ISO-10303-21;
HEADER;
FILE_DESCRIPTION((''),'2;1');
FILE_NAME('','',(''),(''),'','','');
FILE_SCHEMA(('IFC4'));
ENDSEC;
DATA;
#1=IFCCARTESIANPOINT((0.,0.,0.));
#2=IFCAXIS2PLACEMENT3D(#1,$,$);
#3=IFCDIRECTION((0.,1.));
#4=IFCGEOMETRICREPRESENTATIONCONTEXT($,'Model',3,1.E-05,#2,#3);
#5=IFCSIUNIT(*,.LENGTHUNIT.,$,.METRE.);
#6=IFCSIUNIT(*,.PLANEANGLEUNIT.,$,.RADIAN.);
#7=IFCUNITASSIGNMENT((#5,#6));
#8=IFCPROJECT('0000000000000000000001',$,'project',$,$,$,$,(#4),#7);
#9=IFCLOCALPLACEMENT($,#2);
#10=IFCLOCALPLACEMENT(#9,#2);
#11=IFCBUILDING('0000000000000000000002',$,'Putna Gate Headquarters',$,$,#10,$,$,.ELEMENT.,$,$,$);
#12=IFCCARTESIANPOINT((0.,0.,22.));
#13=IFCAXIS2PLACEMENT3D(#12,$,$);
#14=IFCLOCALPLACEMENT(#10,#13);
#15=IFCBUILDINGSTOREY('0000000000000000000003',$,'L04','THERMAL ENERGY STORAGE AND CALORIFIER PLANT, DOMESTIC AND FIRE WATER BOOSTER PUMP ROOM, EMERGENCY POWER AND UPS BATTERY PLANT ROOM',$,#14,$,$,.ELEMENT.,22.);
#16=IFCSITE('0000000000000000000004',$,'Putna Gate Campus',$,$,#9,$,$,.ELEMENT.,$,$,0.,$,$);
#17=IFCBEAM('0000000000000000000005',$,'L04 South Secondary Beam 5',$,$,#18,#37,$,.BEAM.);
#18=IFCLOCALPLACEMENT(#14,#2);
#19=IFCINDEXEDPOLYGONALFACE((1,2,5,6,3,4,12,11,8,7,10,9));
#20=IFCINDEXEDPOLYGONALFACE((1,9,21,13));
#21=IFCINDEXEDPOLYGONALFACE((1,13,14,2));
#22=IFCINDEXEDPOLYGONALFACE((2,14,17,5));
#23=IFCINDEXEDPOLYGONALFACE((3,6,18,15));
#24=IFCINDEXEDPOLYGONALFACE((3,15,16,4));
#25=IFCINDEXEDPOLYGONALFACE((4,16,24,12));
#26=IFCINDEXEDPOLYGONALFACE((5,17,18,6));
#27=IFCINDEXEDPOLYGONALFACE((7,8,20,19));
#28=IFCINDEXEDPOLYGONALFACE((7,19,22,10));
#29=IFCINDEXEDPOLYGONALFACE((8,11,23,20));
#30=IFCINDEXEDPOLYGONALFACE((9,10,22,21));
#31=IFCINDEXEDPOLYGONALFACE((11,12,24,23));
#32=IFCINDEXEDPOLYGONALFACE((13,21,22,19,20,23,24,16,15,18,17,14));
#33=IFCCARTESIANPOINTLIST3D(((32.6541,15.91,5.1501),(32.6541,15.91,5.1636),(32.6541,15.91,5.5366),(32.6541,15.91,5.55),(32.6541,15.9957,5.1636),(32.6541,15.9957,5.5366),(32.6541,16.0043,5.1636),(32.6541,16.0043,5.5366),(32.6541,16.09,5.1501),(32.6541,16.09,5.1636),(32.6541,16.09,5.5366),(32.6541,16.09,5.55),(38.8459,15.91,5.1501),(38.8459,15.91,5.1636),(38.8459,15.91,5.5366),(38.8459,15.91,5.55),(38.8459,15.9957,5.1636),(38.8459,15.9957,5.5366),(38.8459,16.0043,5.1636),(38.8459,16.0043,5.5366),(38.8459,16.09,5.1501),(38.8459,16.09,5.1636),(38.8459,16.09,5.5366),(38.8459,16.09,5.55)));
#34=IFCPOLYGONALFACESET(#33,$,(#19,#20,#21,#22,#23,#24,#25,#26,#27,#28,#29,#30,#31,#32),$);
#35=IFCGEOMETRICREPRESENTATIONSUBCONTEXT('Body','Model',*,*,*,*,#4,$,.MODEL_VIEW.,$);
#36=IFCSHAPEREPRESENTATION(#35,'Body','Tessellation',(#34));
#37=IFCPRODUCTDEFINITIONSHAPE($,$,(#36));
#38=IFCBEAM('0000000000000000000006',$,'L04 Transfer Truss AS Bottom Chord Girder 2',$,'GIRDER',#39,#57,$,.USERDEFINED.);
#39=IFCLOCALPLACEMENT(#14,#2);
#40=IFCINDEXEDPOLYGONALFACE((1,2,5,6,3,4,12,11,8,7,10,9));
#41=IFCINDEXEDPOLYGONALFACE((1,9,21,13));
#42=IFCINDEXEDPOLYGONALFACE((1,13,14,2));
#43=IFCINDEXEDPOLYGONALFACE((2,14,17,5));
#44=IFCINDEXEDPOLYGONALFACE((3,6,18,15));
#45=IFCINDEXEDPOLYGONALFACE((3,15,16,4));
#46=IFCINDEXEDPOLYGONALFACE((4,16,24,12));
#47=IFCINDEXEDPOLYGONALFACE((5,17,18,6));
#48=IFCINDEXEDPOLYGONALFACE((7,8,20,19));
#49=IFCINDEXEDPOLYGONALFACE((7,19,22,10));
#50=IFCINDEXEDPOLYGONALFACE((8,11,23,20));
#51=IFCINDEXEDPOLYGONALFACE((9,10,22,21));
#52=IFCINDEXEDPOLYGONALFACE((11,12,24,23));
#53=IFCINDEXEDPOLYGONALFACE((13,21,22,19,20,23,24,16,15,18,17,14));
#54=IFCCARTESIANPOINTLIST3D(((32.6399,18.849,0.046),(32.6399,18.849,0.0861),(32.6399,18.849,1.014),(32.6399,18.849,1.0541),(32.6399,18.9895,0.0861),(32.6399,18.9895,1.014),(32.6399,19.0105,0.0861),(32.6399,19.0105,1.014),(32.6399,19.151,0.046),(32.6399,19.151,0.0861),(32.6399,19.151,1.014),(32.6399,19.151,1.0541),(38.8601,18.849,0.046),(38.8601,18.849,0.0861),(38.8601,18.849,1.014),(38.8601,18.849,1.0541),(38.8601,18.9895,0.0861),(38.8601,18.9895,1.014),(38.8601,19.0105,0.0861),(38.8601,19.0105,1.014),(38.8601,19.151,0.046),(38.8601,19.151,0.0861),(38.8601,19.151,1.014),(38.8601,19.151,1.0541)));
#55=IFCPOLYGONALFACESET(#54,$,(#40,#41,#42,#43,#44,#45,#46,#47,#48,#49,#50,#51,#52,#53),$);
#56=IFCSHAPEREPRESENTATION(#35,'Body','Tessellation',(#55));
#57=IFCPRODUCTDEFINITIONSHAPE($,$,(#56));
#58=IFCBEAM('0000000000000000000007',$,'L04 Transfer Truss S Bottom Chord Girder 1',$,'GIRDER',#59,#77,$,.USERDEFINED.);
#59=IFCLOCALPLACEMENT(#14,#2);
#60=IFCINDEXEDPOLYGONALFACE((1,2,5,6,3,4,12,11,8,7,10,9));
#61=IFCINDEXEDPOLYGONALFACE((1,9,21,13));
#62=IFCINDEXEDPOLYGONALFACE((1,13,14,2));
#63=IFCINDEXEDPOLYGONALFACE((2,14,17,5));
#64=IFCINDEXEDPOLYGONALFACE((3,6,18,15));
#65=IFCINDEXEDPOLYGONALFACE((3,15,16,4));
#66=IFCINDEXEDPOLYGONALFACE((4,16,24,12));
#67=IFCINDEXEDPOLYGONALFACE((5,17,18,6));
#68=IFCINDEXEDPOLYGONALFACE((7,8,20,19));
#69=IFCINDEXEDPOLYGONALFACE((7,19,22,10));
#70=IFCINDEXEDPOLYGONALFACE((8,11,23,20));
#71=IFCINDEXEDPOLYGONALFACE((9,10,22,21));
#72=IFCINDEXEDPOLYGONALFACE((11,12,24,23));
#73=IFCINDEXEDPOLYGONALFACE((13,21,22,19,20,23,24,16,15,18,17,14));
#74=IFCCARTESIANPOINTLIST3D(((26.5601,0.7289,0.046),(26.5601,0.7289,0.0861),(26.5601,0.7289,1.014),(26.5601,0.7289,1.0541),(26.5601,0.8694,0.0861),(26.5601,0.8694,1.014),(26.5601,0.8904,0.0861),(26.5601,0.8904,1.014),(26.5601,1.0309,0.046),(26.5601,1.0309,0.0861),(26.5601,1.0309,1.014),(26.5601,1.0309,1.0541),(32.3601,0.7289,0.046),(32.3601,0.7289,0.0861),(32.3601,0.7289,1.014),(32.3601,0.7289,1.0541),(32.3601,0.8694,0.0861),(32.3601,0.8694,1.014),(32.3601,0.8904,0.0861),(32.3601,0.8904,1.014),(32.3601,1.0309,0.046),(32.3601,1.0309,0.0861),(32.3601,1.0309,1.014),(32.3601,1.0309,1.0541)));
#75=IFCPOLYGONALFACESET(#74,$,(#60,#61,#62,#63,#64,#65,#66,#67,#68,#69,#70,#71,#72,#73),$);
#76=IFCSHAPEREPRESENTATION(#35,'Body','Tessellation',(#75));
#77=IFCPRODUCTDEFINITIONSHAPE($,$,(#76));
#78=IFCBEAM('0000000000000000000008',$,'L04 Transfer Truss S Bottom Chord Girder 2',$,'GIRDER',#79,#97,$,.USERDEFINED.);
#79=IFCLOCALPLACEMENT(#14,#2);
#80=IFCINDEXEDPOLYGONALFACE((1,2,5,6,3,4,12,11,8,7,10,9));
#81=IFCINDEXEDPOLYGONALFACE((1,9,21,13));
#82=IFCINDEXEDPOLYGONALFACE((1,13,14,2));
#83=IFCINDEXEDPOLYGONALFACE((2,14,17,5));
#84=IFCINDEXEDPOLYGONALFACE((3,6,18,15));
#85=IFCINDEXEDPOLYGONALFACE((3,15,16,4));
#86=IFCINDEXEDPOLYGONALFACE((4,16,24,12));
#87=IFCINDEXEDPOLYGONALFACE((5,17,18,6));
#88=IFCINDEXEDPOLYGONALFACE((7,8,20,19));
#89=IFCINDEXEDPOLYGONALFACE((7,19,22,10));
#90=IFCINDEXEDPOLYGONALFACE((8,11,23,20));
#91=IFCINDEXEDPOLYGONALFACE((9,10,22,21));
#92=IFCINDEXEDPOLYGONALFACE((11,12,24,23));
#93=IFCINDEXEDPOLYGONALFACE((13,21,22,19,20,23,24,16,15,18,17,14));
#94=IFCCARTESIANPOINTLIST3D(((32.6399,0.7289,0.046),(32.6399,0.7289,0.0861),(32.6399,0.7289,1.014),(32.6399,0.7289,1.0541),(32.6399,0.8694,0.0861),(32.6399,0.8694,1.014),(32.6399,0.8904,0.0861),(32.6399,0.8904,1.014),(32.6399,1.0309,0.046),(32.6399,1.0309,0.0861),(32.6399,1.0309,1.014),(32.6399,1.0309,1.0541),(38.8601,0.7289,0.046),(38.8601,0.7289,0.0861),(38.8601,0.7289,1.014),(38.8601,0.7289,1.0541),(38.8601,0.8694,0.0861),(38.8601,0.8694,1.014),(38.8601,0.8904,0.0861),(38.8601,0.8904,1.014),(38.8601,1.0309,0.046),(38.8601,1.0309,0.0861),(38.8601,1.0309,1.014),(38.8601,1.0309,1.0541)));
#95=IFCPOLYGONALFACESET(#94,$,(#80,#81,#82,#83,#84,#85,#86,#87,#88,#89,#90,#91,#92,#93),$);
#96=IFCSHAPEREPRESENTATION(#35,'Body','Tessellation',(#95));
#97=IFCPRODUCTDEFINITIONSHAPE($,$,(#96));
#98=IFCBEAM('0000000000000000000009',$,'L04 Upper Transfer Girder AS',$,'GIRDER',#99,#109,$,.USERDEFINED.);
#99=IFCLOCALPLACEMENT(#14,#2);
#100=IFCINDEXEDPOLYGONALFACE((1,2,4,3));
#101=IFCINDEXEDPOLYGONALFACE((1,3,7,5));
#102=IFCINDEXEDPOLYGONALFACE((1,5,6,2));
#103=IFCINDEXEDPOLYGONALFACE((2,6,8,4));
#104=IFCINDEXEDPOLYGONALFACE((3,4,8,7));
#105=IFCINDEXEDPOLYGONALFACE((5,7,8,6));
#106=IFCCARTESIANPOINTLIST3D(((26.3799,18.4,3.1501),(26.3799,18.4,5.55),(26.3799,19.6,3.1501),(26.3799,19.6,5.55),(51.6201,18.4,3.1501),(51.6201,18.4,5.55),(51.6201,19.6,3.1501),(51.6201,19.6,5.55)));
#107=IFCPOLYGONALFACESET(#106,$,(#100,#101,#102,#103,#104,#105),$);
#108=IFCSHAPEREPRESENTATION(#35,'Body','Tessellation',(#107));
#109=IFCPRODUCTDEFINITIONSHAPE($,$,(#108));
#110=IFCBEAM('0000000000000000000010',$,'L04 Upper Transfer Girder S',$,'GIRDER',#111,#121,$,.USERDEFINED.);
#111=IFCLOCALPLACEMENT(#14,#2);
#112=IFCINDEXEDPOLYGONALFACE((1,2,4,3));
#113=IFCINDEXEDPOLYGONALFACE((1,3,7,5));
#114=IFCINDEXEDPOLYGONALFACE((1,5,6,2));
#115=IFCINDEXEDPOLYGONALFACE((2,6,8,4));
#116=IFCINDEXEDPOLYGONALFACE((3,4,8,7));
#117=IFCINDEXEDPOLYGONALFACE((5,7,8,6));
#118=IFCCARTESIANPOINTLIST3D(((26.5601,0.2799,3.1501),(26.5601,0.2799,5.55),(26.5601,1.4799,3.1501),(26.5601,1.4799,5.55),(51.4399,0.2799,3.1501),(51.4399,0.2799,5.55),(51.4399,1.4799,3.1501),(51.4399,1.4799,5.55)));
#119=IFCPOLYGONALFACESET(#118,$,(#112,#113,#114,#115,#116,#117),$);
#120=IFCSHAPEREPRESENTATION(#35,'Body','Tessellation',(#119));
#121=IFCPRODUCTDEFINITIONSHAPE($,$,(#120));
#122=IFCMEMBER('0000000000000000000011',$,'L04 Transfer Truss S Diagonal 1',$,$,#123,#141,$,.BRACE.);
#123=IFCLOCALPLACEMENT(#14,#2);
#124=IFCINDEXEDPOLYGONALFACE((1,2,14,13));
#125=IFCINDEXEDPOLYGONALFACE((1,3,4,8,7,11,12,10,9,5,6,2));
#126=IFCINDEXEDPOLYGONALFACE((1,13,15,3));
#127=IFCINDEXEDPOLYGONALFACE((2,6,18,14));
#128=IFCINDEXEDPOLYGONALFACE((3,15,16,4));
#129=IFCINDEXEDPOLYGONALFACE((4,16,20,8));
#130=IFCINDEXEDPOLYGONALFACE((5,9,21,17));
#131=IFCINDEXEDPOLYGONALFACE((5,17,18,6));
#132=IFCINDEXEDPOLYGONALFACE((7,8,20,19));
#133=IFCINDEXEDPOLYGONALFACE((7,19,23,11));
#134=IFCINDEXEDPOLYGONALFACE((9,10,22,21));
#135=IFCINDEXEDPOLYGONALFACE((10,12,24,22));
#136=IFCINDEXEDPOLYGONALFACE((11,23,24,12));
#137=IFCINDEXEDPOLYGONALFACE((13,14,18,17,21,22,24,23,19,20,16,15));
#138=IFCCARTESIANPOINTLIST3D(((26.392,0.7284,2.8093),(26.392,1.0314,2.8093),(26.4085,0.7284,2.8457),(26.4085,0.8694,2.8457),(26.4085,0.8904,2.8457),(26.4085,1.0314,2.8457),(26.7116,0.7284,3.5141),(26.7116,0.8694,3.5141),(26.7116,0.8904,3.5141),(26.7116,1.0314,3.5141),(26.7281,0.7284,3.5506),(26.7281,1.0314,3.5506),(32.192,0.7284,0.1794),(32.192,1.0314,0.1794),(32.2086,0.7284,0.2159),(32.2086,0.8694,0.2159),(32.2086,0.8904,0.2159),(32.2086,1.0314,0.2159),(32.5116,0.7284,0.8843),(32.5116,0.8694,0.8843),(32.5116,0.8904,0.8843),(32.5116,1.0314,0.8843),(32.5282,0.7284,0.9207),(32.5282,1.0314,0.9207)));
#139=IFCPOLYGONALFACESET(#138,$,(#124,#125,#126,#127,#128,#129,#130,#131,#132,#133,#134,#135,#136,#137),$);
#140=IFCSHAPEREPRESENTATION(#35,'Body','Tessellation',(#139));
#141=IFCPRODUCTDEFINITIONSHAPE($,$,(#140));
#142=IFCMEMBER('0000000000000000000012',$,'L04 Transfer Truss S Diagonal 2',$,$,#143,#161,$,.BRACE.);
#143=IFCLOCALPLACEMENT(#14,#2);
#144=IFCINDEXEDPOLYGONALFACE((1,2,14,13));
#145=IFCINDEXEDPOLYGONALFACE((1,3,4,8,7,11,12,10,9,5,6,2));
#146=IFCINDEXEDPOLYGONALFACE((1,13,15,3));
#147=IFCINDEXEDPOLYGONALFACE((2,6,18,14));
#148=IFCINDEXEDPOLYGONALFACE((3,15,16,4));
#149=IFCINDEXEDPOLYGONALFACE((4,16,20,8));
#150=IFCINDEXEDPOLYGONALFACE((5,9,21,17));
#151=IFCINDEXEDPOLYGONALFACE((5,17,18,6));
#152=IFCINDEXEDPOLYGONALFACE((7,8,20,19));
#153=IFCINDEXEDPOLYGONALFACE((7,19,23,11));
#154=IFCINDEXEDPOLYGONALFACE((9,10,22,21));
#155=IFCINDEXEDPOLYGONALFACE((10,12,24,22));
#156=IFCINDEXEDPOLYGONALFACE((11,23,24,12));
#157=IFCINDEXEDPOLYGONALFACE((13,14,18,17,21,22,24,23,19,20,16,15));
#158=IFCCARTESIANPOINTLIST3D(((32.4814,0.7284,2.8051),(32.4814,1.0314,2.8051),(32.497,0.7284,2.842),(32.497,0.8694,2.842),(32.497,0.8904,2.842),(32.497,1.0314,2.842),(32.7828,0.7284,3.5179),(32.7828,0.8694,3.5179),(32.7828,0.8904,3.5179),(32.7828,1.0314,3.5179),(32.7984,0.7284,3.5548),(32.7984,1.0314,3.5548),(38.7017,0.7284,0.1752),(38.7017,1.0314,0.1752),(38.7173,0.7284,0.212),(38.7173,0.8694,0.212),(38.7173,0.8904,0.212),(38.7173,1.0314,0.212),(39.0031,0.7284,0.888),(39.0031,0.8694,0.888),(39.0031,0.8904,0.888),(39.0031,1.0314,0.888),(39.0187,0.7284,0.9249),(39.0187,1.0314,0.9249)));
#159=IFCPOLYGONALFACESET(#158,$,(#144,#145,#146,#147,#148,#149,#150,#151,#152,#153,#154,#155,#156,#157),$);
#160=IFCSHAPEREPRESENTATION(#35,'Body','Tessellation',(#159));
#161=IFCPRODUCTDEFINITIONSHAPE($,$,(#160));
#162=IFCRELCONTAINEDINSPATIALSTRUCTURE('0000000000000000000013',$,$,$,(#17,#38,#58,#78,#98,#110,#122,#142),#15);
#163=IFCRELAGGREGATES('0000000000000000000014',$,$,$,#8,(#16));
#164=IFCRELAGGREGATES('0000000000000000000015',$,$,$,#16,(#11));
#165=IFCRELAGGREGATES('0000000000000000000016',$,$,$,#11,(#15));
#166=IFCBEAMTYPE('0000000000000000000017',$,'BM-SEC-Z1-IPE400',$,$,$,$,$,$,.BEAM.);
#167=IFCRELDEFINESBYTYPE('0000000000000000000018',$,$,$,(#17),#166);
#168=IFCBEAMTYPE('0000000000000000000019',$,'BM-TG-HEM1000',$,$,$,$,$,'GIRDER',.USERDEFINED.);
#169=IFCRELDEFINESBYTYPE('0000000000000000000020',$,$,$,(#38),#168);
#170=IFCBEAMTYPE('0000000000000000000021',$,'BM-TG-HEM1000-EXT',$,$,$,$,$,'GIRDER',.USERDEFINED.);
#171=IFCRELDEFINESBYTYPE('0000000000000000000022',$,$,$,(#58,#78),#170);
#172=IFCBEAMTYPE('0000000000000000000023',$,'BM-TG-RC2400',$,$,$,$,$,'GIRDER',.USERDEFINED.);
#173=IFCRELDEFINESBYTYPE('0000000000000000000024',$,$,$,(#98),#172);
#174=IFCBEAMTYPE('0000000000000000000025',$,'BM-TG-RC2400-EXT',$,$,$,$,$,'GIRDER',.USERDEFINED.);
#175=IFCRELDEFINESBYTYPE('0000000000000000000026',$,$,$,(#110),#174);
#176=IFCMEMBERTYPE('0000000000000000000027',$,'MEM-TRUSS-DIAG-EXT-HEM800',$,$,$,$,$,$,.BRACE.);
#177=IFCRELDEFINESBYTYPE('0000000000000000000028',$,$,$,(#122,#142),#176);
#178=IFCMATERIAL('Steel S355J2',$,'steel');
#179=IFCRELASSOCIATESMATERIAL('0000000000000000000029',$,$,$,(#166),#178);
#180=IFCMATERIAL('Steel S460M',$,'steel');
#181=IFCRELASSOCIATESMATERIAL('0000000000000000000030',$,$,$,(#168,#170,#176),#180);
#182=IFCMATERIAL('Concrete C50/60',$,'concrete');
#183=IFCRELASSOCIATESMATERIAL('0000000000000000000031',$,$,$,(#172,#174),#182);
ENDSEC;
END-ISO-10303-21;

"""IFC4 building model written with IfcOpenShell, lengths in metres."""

from ifc_helpers import new_model, si_unit, direction, frame, origin, origin_2d, place, context, subcontext, project, spatial, rectangle, i_section, extrude, material, material_profile, profile_set, type_object, element, save


model = new_model("IFC4")

# Units and contexts
model_context = context("Model", 3, precision=1e-05, world=origin(), true_north=direction((0.0, 1.0)))
body_context = subcontext(model_context, "Body", "Model", "MODEL_VIEW")
ifc_project = project(units=[si_unit("LENGTHUNIT", "METRE"), si_unit("PLANEANGLEUNIT", "RADIAN")], contexts=[model_context])

# Site, building, storey
site_placement = place(None, origin())
site = spatial("IfcSite", under=ifc_project, at=site_placement, Name="Putna Gate Campus", CompositionType="ELEMENT", RefElevation=0.0)
building_placement = place(site_placement, origin())
building = spatial("IfcBuilding", under=site, at=building_placement, Name="Putna Gate Headquarters", CompositionType="ELEMENT")
storey_placement = place(building_placement, frame((0.0, 0.0, 22.0)))
storey = spatial("IfcBuildingStorey", under=building, at=storey_placement, Name="L04", Description="THERMAL ENERGY STORAGE AND CALORIFIER PLANT, DOMESTIC AND FIRE WATER BOOSTER PUMP ROOM, EMERGENCY POWER AND UPS BATTERY PLANT ROOM", CompositionType="ELEMENT", Elevation=22.0)

# Shared definitions
ifc_material_1 = material(Name="Steel S460M", Category="steel")

# Beams
ifc_material_2 = material(Name="Steel S355J2", Category="steel")
ifc_material_profile_1 = material_profile(ifc_material_2, i_section(OverallWidth=0.1799, OverallDepth=0.3999, WebThickness=0.0085, FlangeThickness=0.0134, at=origin_2d()), Name="Steel S355J2")
ifc_profile_set_1 = profile_set([ifc_material_profile_1], Name="Steel S355J2")
beam_type_1 = type_object("IfcBeamType", Name="BM-SEC-Z1-IPE400", PredefinedType="BEAM", material=ifc_profile_set_1)
for number, where, z_axis, x_axis, name in (
    (1, (32.6541, 16.0, 5.3501), (1.0, 0.0, 0.0), (0.0, 1.0, 0.0), "L04 South Secondary Beam 5"),
):
    element("IfcBeam", number, at=place(storey_placement, frame(where, z_axis=z_axis, x_axis=x_axis)), inside=storey, type_object=beam_type_1, Name=name, PredefinedType="BEAM", context=body_context, shape_type="SweptSolid", body=[
        extrude(i_section(OverallWidth=0.1799, OverallDepth=0.3999, WebThickness=0.0085, FlangeThickness=0.0134, at=origin_2d()), origin(), (0.0, 0.0, 1.0), 6.1919),
    ])
ifc_material_profile_2 = material_profile(ifc_material_1, i_section(OverallWidth=0.302, OverallDepth=1.0081, WebThickness=0.021, FlangeThickness=0.04, at=origin_2d()), Name="Steel S460M")
ifc_profile_set_2 = profile_set([ifc_material_profile_2], Name="Steel S460M")
beam_type_2 = type_object("IfcBeamType", Name="BM-TG-HEM1000", ElementType="GIRDER", PredefinedType="USERDEFINED", material=ifc_profile_set_2)
beam_1_placement = place(storey_placement, frame((32.6399, 19.0, 0.55), z_axis=(1.0, 0.0, 0.0), x_axis=(0.0, 1.0, 0.0)))
element("IfcBeam", 2, at=beam_1_placement, inside=storey, type_object=beam_type_2, Name="L04 Transfer Truss AS Bottom Chord Girder 2", ObjectType="GIRDER", PredefinedType="USERDEFINED", context=body_context, shape_type="SweptSolid", body=[
    extrude(i_section(OverallWidth=0.302, OverallDepth=1.0081, WebThickness=0.021, FlangeThickness=0.04, at=origin_2d()), origin(), (0.0, 0.0, 1.0), 6.2202),
])
ifc_material_profile_3 = material_profile(ifc_material_1, i_section(OverallWidth=0.302, OverallDepth=1.0081, WebThickness=0.021, FlangeThickness=0.04, at=origin_2d()), Name="Steel S460M")
ifc_profile_set_3 = profile_set([ifc_material_profile_3], Name="Steel S460M")
beam_type_3 = type_object("IfcBeamType", Name="BM-TG-HEM1000-EXT", ElementType="GIRDER", PredefinedType="USERDEFINED", material=ifc_profile_set_3)
beam_2_placement = place(storey_placement, frame((26.5601, 0.8799, 0.55), z_axis=(1.0, 0.0, 0.0), x_axis=(0.0, 1.0, 0.0)))
element("IfcBeam", 3, at=beam_2_placement, inside=storey, type_object=beam_type_3, Name="L04 Transfer Truss S Bottom Chord Girder 1", ObjectType="GIRDER", PredefinedType="USERDEFINED", context=body_context, shape_type="SweptSolid", body=[
    extrude(i_section(OverallWidth=0.302, OverallDepth=1.0081, WebThickness=0.021, FlangeThickness=0.04, at=origin_2d()), origin(), (0.0, 0.0, 1.0), 5.8),
])
beam_3_placement = place(storey_placement, frame((32.6399, 0.8799, 0.55), z_axis=(1.0, 0.0, 0.0), x_axis=(0.0, 1.0, 0.0)))
element("IfcBeam", 4, at=beam_3_placement, inside=storey, type_object=beam_type_3, Name="L04 Transfer Truss S Bottom Chord Girder 2", ObjectType="GIRDER", PredefinedType="USERDEFINED", context=body_context, shape_type="SweptSolid", body=[
    extrude(i_section(OverallWidth=0.302, OverallDepth=1.0081, WebThickness=0.021, FlangeThickness=0.04, at=origin_2d()), origin(), (0.0, 0.0, 1.0), 6.2202),
])
ifc_material_3 = material(Name="Concrete C50/60", Category="concrete")
ifc_material_profile_4 = material_profile(ifc_material_3, rectangle(XDim=1.2, YDim=2.3999, at=origin_2d()), Name="Concrete C50/60")
ifc_profile_set_4 = profile_set([ifc_material_profile_4], Name="Concrete C50/60")
beam_type_4 = type_object("IfcBeamType", Name="BM-TG-RC2400", ElementType="GIRDER", PredefinedType="USERDEFINED", material=ifc_profile_set_4)
beam_4_placement = place(storey_placement, frame((26.3799, 19.0, 4.3501), z_axis=(1.0, 0.0, 0.0), x_axis=(0.0, 1.0, 0.0)))
element("IfcBeam", 5, at=beam_4_placement, inside=storey, type_object=beam_type_4, Name="L04 Upper Transfer Girder AS", ObjectType="GIRDER", PredefinedType="USERDEFINED", context=body_context, shape_type="SweptSolid", body=[
    extrude(rectangle(XDim=1.2, YDim=2.3999, at=origin_2d()), origin(), (0.0, 0.0, 1.0), 25.2402),
])
ifc_material_profile_5 = material_profile(ifc_material_3, rectangle(XDim=1.2, YDim=2.3999, at=origin_2d()), Name="Concrete C50/60")
ifc_profile_set_5 = profile_set([ifc_material_profile_5], Name="Concrete C50/60")
beam_type_5 = type_object("IfcBeamType", Name="BM-TG-RC2400-EXT", ElementType="GIRDER", PredefinedType="USERDEFINED", material=ifc_profile_set_5)
beam_5_placement = place(storey_placement, frame((26.5601, 0.8799, 4.3501), z_axis=(1.0, 0.0, 0.0), x_axis=(0.0, 1.0, 0.0)))
element("IfcBeam", 6, at=beam_5_placement, inside=storey, type_object=beam_type_5, Name="L04 Upper Transfer Girder S", ObjectType="GIRDER", PredefinedType="USERDEFINED", context=body_context, shape_type="SweptSolid", body=[
    extrude(rectangle(XDim=1.2, YDim=2.3999, at=origin_2d()), origin(), (0.0, 0.0, 1.0), 24.8799),
])

# Members
ifc_material_profile_6 = material_profile(ifc_material_1, i_section(OverallWidth=0.303, OverallDepth=0.814, WebThickness=0.021, FlangeThickness=0.04, at=origin_2d()), Name="Steel S460M")
ifc_profile_set_6 = profile_set([ifc_material_profile_6], Name="Steel S460M")
member_type_1 = type_object("IfcMemberType", Name="MEM-TRUSS-DIAG-EXT-HEM800", PredefinedType="BRACE", material=ifc_profile_set_6)
member_1_placement = place(storey_placement, frame((26.5601, 0.8799, 3.1799), z_axis=(0.910751, 0.0, -0.412956), x_axis=(0.0, 1.0, 0.0)))
element("IfcMember", 7, at=member_1_placement, inside=storey, type_object=member_type_1, Name="L04 Transfer Truss S Diagonal 1", PredefinedType="BRACE", context=body_context, shape_type="SweptSolid", body=[
    extrude(i_section(OverallWidth=0.303, OverallDepth=0.814, WebThickness=0.021, FlangeThickness=0.04, at=origin_2d()), origin(), (0.0, 0.0, 1.0), 6.3684),
])
member_2_placement = place(storey_placement, frame((32.6399, 0.8799, 3.1799), z_axis=(0.92106, 0.0, -0.389421), x_axis=(0.0, 1.0, 0.0)))
element("IfcMember", 8, at=member_2_placement, inside=storey, type_object=member_type_1, Name="L04 Transfer Truss S Diagonal 2", PredefinedType="BRACE", context=body_context, shape_type="SweptSolid", body=[
    extrude(i_section(OverallWidth=0.303, OverallDepth=0.814, WebThickness=0.021, FlangeThickness=0.04, at=origin_2d()), origin(), (0.0, 0.0, 1.0), 6.7534),
])

save(model, "model.ifc")
